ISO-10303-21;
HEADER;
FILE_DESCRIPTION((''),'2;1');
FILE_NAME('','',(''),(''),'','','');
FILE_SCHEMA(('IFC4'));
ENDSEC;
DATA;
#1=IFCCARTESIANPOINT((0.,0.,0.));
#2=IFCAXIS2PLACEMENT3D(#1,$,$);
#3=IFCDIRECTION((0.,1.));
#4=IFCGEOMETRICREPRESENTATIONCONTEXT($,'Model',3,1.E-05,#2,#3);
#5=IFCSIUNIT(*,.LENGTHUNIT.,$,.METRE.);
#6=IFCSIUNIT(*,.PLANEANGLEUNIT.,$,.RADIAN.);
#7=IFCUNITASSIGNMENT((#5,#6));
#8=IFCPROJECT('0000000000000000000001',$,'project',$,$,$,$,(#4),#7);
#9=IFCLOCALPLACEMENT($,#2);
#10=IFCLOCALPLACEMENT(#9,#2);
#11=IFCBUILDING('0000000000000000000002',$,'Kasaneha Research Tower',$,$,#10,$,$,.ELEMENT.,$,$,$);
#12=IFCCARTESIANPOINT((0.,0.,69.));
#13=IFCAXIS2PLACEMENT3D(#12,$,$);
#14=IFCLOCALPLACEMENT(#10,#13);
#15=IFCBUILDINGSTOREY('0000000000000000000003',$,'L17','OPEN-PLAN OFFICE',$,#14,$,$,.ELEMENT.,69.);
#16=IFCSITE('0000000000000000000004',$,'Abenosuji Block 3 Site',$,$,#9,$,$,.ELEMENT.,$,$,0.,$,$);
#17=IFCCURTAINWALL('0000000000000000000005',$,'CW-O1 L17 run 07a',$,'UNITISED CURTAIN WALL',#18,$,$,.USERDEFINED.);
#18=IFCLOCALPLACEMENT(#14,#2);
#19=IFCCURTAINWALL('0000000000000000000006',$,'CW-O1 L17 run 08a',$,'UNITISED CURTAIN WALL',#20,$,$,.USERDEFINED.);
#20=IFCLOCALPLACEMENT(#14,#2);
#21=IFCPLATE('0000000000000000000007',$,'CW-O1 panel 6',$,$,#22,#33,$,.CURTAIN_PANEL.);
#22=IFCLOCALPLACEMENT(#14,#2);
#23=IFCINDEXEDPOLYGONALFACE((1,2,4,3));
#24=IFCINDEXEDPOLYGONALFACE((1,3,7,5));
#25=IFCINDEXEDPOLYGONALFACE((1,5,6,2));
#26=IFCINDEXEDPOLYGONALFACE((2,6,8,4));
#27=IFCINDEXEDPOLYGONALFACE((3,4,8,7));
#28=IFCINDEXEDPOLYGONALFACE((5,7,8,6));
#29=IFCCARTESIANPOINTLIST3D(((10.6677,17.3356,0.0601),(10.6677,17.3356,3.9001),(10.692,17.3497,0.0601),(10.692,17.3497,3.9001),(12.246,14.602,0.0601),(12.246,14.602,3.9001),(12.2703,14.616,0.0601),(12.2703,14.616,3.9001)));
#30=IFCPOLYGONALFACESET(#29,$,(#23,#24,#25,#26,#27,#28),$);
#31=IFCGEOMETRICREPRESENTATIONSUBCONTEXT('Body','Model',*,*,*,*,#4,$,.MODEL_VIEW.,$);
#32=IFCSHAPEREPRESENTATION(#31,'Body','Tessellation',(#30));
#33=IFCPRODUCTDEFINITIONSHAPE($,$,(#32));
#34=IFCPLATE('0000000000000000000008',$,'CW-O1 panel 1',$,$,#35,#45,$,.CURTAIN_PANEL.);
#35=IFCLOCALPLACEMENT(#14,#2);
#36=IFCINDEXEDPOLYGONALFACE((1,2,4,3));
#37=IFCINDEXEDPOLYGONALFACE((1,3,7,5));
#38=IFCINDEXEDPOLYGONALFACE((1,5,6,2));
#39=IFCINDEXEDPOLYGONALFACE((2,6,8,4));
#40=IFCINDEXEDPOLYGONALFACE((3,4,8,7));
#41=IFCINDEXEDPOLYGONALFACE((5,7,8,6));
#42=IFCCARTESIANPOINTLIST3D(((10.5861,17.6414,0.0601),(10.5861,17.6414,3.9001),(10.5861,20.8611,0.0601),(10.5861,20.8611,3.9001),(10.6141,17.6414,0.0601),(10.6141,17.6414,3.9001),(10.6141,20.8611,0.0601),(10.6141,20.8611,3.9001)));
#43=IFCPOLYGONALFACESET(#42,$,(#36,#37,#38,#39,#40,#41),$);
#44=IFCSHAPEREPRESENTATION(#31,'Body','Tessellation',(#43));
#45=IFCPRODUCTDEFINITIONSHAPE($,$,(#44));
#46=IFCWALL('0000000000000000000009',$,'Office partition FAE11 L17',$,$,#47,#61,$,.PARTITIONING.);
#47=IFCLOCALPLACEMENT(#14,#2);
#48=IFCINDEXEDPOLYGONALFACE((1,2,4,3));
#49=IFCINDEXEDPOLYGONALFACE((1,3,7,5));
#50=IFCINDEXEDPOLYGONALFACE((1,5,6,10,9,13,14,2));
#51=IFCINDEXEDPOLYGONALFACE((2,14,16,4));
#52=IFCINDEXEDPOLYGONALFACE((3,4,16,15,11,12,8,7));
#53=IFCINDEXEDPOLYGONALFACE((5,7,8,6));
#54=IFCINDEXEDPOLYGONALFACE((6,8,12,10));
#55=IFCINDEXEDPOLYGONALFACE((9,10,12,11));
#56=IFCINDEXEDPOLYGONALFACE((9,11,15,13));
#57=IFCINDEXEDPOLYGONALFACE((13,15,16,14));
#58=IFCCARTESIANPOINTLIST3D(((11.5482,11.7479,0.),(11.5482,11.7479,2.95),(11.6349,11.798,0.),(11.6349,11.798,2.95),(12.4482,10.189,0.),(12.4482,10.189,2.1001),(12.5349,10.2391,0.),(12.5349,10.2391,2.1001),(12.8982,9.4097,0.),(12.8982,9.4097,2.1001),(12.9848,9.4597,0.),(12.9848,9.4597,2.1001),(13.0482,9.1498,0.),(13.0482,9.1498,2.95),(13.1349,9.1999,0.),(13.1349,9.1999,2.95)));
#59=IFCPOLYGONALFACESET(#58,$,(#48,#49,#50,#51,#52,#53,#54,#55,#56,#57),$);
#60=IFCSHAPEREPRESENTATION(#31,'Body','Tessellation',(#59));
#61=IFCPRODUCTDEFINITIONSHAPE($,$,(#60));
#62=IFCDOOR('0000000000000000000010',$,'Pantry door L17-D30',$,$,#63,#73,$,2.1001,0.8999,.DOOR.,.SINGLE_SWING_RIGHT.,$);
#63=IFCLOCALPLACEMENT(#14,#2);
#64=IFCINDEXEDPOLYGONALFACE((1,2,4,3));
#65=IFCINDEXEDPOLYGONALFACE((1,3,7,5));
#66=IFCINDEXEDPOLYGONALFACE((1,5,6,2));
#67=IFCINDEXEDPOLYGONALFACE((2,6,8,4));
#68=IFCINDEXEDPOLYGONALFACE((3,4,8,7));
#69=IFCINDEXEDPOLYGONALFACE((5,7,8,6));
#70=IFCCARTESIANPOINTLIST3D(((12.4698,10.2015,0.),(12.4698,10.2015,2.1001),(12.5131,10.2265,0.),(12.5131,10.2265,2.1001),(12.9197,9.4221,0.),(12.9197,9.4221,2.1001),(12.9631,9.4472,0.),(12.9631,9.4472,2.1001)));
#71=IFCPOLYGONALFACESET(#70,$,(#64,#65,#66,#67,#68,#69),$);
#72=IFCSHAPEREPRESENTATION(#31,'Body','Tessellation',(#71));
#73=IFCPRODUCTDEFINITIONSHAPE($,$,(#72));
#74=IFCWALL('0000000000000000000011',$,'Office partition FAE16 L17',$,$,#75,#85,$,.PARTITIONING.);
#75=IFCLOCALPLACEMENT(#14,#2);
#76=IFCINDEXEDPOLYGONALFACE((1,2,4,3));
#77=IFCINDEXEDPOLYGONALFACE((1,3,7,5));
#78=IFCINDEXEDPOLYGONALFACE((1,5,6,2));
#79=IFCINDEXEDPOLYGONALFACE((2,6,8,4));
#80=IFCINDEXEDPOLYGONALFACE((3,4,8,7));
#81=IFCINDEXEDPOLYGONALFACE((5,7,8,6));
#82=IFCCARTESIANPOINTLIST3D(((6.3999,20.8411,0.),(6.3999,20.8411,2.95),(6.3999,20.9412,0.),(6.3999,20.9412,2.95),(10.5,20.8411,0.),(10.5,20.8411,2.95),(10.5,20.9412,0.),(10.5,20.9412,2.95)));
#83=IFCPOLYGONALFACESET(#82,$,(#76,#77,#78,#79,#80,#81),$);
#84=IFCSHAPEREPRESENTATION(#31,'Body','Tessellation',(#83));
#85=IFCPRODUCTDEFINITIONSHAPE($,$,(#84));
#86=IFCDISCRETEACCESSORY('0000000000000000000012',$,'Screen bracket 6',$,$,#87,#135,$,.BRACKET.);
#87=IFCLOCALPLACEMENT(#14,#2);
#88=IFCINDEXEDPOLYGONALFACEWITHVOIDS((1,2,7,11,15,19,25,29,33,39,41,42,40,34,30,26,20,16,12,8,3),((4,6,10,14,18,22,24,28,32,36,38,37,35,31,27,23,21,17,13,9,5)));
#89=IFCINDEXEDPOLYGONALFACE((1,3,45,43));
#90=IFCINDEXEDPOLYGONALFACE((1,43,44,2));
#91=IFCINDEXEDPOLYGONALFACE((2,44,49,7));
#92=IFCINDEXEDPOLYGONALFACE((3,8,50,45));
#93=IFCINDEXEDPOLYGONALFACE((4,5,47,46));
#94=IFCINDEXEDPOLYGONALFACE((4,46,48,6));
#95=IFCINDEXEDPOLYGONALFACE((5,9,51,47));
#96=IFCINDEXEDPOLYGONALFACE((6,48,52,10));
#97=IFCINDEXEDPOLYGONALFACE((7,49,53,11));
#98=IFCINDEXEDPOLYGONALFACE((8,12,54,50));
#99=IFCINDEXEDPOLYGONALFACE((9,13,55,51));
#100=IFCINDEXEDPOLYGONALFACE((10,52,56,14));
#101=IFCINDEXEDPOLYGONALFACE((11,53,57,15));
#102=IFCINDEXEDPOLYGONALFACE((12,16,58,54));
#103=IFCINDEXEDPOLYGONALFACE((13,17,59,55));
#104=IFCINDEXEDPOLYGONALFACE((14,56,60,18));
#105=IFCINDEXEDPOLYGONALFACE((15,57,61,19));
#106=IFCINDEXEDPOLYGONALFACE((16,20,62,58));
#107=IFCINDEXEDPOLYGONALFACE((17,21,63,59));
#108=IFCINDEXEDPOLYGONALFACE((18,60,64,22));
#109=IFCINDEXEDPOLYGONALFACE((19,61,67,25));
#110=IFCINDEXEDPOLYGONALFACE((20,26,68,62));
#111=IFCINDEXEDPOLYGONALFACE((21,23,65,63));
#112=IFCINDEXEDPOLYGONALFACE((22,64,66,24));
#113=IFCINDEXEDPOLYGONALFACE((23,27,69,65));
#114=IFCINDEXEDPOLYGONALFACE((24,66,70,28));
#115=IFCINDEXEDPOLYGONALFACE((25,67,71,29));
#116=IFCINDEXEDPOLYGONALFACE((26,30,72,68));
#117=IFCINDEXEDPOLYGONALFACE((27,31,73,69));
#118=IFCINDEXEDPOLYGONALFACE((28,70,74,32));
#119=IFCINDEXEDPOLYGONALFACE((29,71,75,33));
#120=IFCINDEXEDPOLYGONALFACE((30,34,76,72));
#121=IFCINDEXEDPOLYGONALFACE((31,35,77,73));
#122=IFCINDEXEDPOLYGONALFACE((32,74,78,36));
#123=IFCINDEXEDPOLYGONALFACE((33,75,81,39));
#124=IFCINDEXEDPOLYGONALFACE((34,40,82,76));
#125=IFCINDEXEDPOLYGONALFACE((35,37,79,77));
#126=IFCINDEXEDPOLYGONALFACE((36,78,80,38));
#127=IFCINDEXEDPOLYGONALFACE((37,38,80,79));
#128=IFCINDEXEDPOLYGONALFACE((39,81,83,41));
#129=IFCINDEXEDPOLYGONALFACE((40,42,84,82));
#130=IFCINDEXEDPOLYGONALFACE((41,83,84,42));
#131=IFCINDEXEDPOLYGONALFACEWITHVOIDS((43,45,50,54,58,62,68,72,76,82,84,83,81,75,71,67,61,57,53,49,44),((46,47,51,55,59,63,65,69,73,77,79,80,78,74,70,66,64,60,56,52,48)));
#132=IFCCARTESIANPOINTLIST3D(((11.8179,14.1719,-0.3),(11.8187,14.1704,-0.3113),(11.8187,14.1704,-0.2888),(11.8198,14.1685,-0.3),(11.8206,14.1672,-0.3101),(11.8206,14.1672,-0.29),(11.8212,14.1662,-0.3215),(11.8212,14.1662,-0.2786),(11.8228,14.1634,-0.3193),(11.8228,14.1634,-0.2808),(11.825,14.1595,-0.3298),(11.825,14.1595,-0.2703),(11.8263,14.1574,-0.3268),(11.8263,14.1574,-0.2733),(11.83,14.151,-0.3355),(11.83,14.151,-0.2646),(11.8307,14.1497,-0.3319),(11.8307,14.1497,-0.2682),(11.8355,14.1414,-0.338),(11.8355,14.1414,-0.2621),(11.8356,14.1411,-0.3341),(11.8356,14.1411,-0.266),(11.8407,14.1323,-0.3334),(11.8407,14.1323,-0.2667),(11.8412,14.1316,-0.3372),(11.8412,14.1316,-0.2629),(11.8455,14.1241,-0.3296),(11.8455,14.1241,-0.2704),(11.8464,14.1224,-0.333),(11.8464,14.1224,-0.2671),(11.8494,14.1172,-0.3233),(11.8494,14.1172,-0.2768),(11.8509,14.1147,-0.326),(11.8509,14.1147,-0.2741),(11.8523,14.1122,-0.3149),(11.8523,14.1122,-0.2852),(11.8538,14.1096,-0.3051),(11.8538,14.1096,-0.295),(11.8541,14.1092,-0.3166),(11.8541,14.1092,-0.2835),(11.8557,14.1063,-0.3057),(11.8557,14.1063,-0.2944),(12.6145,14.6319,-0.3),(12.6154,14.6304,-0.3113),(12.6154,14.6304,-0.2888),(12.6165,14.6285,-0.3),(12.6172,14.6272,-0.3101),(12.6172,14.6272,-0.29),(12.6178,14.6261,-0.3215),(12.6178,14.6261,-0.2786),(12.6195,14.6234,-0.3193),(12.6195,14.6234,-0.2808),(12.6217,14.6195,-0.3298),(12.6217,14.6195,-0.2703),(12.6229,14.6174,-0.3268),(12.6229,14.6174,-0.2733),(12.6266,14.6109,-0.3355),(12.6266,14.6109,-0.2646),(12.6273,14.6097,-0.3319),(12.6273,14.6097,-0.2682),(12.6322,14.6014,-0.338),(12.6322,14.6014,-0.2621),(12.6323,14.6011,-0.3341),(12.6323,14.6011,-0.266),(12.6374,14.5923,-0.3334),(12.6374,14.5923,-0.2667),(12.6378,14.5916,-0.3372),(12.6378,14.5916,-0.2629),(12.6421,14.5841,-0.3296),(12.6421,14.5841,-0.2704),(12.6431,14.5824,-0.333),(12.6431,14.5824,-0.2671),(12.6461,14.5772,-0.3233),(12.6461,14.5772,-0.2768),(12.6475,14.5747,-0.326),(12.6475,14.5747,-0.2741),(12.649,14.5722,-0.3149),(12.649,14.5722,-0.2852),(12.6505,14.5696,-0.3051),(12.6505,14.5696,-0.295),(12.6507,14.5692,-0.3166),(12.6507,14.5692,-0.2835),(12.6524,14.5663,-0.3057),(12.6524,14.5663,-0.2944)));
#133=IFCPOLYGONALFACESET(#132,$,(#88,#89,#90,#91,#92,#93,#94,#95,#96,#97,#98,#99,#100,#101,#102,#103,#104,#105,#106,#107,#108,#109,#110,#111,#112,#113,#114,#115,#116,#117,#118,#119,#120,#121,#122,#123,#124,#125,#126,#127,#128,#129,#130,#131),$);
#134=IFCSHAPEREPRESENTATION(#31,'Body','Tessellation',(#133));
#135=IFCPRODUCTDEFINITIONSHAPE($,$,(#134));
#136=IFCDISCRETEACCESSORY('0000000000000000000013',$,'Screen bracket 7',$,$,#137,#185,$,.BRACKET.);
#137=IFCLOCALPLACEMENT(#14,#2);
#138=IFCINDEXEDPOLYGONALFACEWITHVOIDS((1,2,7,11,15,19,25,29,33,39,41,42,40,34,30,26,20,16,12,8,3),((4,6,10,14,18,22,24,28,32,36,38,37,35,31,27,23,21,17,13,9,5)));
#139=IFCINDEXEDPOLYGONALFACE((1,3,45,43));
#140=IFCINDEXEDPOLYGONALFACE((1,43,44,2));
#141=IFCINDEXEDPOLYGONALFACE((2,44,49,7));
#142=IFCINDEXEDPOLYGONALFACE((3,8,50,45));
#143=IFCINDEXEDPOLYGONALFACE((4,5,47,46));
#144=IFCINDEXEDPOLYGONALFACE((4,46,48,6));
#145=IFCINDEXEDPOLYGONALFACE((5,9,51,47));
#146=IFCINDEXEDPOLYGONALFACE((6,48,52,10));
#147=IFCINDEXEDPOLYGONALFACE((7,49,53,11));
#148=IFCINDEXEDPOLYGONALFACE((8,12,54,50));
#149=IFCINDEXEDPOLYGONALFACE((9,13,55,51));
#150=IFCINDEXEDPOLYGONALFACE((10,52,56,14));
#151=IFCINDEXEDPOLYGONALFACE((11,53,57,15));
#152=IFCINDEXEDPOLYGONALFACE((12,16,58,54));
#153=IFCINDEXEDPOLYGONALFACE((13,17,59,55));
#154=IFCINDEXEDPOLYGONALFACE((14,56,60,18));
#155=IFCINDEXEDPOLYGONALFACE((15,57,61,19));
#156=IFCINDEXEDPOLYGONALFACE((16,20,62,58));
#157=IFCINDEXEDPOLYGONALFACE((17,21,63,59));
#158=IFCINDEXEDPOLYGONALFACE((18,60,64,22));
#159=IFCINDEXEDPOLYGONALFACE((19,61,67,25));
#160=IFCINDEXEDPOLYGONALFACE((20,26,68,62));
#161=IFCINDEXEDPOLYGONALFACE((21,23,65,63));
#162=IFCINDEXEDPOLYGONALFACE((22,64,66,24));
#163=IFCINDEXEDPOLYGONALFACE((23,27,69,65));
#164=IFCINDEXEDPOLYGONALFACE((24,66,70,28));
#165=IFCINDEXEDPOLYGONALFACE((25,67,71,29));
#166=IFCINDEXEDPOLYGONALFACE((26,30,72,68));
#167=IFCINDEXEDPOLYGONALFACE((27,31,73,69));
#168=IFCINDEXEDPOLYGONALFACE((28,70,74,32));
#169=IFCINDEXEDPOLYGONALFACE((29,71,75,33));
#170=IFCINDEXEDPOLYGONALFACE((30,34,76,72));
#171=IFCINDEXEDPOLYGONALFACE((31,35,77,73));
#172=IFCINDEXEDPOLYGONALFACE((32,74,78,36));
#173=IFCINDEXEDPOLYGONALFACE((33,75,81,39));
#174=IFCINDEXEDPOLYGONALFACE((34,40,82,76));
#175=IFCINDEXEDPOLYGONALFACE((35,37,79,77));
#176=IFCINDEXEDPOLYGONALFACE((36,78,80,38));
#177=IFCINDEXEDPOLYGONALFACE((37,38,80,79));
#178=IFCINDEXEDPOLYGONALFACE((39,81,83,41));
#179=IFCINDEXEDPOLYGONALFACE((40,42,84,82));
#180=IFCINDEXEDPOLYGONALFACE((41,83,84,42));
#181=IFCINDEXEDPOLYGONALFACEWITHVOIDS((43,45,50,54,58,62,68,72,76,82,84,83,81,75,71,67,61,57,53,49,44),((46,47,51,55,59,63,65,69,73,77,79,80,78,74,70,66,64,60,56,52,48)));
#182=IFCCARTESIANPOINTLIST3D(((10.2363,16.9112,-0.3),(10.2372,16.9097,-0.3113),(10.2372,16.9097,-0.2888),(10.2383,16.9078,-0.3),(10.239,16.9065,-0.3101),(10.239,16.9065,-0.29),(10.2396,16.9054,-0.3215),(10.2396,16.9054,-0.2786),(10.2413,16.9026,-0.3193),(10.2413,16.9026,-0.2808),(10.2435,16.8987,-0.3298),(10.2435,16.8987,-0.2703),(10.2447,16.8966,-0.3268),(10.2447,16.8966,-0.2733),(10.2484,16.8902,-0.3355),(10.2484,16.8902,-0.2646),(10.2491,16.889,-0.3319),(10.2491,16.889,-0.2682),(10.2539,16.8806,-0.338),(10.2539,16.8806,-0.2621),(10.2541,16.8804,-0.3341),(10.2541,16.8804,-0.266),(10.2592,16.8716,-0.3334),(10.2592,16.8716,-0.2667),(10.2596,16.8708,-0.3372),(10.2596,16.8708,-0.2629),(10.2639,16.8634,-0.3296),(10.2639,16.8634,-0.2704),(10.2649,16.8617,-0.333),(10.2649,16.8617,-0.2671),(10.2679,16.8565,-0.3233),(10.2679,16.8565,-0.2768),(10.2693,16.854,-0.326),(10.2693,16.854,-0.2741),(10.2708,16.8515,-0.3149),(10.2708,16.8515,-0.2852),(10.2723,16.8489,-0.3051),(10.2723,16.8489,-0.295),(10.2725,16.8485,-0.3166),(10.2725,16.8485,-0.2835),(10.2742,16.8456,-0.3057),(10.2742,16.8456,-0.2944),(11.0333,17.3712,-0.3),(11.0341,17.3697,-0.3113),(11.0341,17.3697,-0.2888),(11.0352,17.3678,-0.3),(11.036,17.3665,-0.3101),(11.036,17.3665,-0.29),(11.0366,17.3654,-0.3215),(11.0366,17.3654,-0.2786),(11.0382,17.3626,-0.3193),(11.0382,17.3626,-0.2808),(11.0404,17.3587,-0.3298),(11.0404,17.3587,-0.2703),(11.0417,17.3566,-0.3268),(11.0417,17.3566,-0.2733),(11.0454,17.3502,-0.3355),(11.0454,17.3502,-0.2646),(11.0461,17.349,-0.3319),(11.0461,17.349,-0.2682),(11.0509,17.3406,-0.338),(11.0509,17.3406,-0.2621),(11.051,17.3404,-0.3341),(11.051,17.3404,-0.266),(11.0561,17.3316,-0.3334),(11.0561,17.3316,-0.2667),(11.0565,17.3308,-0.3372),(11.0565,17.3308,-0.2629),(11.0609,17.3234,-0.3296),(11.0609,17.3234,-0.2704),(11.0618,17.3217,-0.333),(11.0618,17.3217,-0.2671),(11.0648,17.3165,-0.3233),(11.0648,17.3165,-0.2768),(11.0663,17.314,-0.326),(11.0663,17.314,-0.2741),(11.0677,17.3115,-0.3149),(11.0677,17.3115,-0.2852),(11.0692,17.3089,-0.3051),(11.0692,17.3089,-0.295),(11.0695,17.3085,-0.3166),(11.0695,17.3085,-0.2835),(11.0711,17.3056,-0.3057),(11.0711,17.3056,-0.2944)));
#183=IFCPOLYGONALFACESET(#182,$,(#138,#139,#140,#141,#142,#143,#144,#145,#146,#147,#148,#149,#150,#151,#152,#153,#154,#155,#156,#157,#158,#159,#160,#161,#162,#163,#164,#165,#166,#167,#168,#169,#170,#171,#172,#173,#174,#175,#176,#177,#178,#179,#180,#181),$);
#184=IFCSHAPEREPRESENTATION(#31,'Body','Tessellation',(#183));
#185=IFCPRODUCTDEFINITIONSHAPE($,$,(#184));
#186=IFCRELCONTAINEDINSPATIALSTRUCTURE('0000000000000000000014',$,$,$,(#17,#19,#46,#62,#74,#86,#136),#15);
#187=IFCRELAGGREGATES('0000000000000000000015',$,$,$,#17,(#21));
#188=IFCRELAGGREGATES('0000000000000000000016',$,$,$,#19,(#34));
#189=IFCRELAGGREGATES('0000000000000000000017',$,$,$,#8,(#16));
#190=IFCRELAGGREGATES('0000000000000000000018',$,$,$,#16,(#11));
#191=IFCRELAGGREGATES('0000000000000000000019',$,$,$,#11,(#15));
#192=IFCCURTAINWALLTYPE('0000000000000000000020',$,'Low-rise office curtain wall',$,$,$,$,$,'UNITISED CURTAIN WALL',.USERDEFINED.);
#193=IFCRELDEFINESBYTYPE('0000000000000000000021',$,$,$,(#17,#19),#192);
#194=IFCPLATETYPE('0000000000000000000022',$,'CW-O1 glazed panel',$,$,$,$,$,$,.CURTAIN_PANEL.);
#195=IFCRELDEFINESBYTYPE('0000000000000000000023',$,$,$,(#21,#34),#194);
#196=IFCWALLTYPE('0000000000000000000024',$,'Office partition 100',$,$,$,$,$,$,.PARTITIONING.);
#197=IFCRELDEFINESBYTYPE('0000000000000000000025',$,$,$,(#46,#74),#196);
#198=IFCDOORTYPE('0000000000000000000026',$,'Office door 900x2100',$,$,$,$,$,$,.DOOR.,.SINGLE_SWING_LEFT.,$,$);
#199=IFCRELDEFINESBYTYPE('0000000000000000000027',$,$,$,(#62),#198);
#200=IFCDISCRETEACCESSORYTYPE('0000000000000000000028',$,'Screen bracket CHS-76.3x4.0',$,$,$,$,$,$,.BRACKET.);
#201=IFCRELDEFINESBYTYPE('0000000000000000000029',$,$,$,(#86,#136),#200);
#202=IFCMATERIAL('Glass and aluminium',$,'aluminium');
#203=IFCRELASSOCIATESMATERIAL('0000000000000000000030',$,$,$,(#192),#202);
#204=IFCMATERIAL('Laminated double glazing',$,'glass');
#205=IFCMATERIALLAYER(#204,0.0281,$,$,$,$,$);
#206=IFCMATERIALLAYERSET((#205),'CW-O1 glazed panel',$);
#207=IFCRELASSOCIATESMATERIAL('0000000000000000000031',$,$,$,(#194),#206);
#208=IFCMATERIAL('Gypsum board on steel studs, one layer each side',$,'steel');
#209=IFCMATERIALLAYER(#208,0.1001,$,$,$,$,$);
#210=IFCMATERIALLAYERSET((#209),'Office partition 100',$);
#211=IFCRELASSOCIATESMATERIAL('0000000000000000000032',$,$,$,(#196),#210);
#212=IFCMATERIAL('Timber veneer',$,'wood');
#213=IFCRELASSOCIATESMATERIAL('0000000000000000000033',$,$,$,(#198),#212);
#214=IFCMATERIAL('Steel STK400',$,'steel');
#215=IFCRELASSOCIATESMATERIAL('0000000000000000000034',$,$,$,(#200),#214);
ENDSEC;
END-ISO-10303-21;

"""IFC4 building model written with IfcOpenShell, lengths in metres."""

from ifc_helpers import new_model, si_unit, direction, frame, frame_2d, origin, origin_2d, place, context, subcontext, project, spatial, rectangle, hollow_circle, extrude, material, layer, layer_set, material_profile, profile_set, type_object, element, fill, aggregate, save


model = new_model("IFC4")

# Units and contexts
model_context = context("Model", 3, precision=1e-05, world=origin(), true_north=direction((0.0, 1.0)))
body_context = subcontext(model_context, "Body", "Model", "MODEL_VIEW")
ifc_project = project(units=[si_unit("LENGTHUNIT", "METRE"), si_unit("PLANEANGLEUNIT", "RADIAN")], contexts=[model_context])

# Site, building, storey
site_placement = place(None, origin())
site = spatial("IfcSite", under=ifc_project, at=site_placement, Name="Abenosuji Block 3 Site", CompositionType="ELEMENT", RefElevation=0.0)
building_placement = place(site_placement, origin())
building = spatial("IfcBuilding", under=site, at=building_placement, Name="Kasaneha Research Tower", CompositionType="ELEMENT")
storey_placement = place(building_placement, frame((0.0, 0.0, 69.0)))
storey = spatial("IfcBuildingStorey", under=building, at=storey_placement, Name="L17", Description="OPEN-PLAN OFFICE", CompositionType="ELEMENT", Elevation=69.0)

# Curtain walls
ifc_material_1 = material(Name="Glass and aluminium", Category="aluminium")
curtain_wall_type = type_object("IfcCurtainWallType", Name="Low-rise office curtain wall", ElementType="UNITISED CURTAIN WALL", PredefinedType="USERDEFINED", material=ifc_material_1)
curtain_wall_1_placement = place(storey_placement, origin())
curtain_wall_1 = element("IfcCurtainWall", 1, at=curtain_wall_1_placement, inside=storey, type_object=curtain_wall_type, Name="CW-O1 L17 run 07a", ObjectType="UNITISED CURTAIN WALL", PredefinedType="USERDEFINED")
curtain_wall_2_placement = place(storey_placement, origin())
curtain_wall_2 = element("IfcCurtainWall", 2, at=curtain_wall_2_placement, inside=storey, type_object=curtain_wall_type, Name="CW-O1 L17 run 08a", ObjectType="UNITISED CURTAIN WALL", PredefinedType="USERDEFINED")

# Plates
ifc_material_2 = material(Name="Laminated double glazing", Category="glass")
ifc_layer_1 = layer(ifc_material_2, 0.0281)
ifc_layer_set_1 = layer_set([ifc_layer_1], Name="CW-O1 glazed panel")
plate_type = type_object("IfcPlateType", Name="CW-O1 glazed panel", PredefinedType="CURTAIN_PANEL", material=ifc_layer_set_1)
plate_1_placement = place(storey_placement, frame((11.469, 15.9758, 0.0601), z_axis=(0.0, 0.0, 1.0), x_axis=(-0.5, 0.866025, 0.0)))
plate_1 = element("IfcPlate", 3, at=plate_1_placement, type_object=plate_type, Name="CW-O1 panel 6", PredefinedType="CURTAIN_PANEL", context=body_context, shape_type="SweptSolid", body=[
    extrude(rectangle(XDim=3.1565, YDim=0.0281, at=origin_2d()), origin(), (0.0, 0.0, 1.0), 3.8401),
])
aggregate(curtain_wall_1, [plate_1])
plate_2_placement = place(storey_placement, frame((10.6001, 19.2512, 0.0601), z_axis=(0.0, 0.0, 1.0), x_axis=(0.0, 1.0, 0.0)))
plate_2 = element("IfcPlate", 4, at=plate_2_placement, type_object=plate_type, Name="CW-O1 panel 1", PredefinedType="CURTAIN_PANEL", context=body_context, shape_type="SweptSolid", body=[
    extrude(rectangle(XDim=3.2197, YDim=0.0281, at=origin_2d()), origin(), (0.0, 0.0, 1.0), 3.8401),
])
aggregate(curtain_wall_2, [plate_2])

# Wall, opening, door
ifc_material_3 = material(Name="Gypsum board on steel studs, one layer each side", Category="steel")
ifc_layer_2 = layer(ifc_material_3, 0.1001)
ifc_layer_set_2 = layer_set([ifc_layer_2], Name="Office partition 100")
wall_type = type_object("IfcWallType", Name="Office partition 100", PredefinedType="PARTITIONING", material=ifc_layer_set_2)
wall_1_placement = place(storey_placement, frame((11.5916, 11.7729, 0.0), z_axis=(0.0, 0.0, 1.0), x_axis=(0.49999, -0.866031, 0.0)))
wall_1 = element("IfcWall", 5, at=wall_1_placement, inside=storey, type_object=wall_type, Name="Office partition FAE11 L17", PredefinedType="PARTITIONING", context=body_context, shape_type="SweptSolid", body=[
    extrude(rectangle(XDim=3.0, YDim=0.1001, at=frame_2d((1.5, 0.0))), origin(), (0.0, 0.0, 1.0), 2.95),
])
opening_placement = place(wall_1_placement, frame((1.8, 0.0, 0.0)))
opening = element("IfcOpeningElement", 6, at=opening_placement, cuts=wall_1, PredefinedType="OPENING", context=body_context, shape_type="SweptSolid", body=[
    extrude(rectangle(XDim=0.8999, YDim=2.1001, at=frame_2d((0.45, 1.05))), frame((0.0, 0.0601, 0.0), z_axis=(0.0, -1.0, 0.0), x_axis=(1.0, 0.0, 0.0)), (0.0, 0.0, 1.0), 0.1201),
])
ifc_material_4 = material(Name="Timber veneer", Category="wood")
door_type = type_object("IfcDoorType", Name="Office door 900x2100", OperationType="SINGLE_SWING_LEFT", PredefinedType="DOOR", material=ifc_material_4)
door_placement = place(opening_placement, origin())
door = element("IfcDoor", 7, at=door_placement, inside=storey, type_object=door_type, Name="Pantry door L17-D30", OperationType="SINGLE_SWING_RIGHT", OverallHeight=2.1001, OverallWidth=0.8999, PredefinedType="DOOR", context=body_context, shape_type="SweptSolid", body=[
    extrude(rectangle(XDim=0.8999, YDim=2.1001, at=frame_2d((0.45, 1.05))), frame((0.0, 0.0249, 0.0), z_axis=(0.0, -1.0, 0.0), x_axis=(1.0, 0.0, 0.0)), (0.0, 0.0, 1.0), 0.05),
])
fill(opening, door)

# Wall
wall_2_placement = place(storey_placement, frame((10.5, 20.8911, 0.0), z_axis=(0.0, 0.0, 1.0), x_axis=(-1.0, 0.0, 0.0)))
element("IfcWall", 8, at=wall_2_placement, inside=storey, type_object=wall_type, Name="Office partition FAE16 L17", PredefinedType="PARTITIONING", context=body_context, shape_type="SweptSolid", body=[
    extrude(rectangle(XDim=4.1001, YDim=0.1001, at=frame_2d((2.05, 0.0))), origin(), (0.0, 0.0, 1.0), 2.95),
])

# Discrete accessories
ifc_material_5 = material(Name="Steel STK400", Category="steel")
ifc_material_profile_1 = material_profile(ifc_material_5, hollow_circle(Radius=0.0381, WallThickness=0.0039, at=origin_2d()), Name="CHS-76.3x4.0")
ifc_profile_set_1 = profile_set([ifc_material_profile_1], Name="Steel STK400")
discrete_accessory_type = type_object("IfcDiscreteAccessoryType", Name="Screen bracket CHS-76.3x4.0", PredefinedType="BRACKET", material=ifc_profile_set_1)
discrete_accessory_1_placement = place(storey_placement, frame((11.8369, 14.1389, -0.3), z_axis=(0.866013, 0.500021, 0.0), x_axis=(-0.500021, 0.866013, 0.0)))
element("IfcDiscreteAccessory", 9, at=discrete_accessory_1_placement, inside=storey, type_object=discrete_accessory_type, Name="Screen bracket 6", PredefinedType="BRACKET", context=body_context, shape_type="SweptSolid", body=[
    extrude(hollow_circle(Radius=0.0381, WallThickness=0.0039, at=origin_2d()), origin(), (0.0, 0.0, 1.0), 0.9199),
])
discrete_accessory_2_placement = place(storey_placement, frame((10.2554, 16.8782, -0.3), z_axis=(0.86608, 0.499906, 0.0), x_axis=(-0.499906, 0.86608, 0.0)))
element("IfcDiscreteAccessory", 10, at=discrete_accessory_2_placement, inside=storey, type_object=discrete_accessory_type, Name="Screen bracket 7", PredefinedType="BRACKET", context=body_context, shape_type="SweptSolid", body=[
    extrude(hollow_circle(Radius=0.0381, WallThickness=0.0039, at=origin_2d()), origin(), (0.0, 0.0, 1.0), 0.9202),
])

save(model, "model.ifc")
